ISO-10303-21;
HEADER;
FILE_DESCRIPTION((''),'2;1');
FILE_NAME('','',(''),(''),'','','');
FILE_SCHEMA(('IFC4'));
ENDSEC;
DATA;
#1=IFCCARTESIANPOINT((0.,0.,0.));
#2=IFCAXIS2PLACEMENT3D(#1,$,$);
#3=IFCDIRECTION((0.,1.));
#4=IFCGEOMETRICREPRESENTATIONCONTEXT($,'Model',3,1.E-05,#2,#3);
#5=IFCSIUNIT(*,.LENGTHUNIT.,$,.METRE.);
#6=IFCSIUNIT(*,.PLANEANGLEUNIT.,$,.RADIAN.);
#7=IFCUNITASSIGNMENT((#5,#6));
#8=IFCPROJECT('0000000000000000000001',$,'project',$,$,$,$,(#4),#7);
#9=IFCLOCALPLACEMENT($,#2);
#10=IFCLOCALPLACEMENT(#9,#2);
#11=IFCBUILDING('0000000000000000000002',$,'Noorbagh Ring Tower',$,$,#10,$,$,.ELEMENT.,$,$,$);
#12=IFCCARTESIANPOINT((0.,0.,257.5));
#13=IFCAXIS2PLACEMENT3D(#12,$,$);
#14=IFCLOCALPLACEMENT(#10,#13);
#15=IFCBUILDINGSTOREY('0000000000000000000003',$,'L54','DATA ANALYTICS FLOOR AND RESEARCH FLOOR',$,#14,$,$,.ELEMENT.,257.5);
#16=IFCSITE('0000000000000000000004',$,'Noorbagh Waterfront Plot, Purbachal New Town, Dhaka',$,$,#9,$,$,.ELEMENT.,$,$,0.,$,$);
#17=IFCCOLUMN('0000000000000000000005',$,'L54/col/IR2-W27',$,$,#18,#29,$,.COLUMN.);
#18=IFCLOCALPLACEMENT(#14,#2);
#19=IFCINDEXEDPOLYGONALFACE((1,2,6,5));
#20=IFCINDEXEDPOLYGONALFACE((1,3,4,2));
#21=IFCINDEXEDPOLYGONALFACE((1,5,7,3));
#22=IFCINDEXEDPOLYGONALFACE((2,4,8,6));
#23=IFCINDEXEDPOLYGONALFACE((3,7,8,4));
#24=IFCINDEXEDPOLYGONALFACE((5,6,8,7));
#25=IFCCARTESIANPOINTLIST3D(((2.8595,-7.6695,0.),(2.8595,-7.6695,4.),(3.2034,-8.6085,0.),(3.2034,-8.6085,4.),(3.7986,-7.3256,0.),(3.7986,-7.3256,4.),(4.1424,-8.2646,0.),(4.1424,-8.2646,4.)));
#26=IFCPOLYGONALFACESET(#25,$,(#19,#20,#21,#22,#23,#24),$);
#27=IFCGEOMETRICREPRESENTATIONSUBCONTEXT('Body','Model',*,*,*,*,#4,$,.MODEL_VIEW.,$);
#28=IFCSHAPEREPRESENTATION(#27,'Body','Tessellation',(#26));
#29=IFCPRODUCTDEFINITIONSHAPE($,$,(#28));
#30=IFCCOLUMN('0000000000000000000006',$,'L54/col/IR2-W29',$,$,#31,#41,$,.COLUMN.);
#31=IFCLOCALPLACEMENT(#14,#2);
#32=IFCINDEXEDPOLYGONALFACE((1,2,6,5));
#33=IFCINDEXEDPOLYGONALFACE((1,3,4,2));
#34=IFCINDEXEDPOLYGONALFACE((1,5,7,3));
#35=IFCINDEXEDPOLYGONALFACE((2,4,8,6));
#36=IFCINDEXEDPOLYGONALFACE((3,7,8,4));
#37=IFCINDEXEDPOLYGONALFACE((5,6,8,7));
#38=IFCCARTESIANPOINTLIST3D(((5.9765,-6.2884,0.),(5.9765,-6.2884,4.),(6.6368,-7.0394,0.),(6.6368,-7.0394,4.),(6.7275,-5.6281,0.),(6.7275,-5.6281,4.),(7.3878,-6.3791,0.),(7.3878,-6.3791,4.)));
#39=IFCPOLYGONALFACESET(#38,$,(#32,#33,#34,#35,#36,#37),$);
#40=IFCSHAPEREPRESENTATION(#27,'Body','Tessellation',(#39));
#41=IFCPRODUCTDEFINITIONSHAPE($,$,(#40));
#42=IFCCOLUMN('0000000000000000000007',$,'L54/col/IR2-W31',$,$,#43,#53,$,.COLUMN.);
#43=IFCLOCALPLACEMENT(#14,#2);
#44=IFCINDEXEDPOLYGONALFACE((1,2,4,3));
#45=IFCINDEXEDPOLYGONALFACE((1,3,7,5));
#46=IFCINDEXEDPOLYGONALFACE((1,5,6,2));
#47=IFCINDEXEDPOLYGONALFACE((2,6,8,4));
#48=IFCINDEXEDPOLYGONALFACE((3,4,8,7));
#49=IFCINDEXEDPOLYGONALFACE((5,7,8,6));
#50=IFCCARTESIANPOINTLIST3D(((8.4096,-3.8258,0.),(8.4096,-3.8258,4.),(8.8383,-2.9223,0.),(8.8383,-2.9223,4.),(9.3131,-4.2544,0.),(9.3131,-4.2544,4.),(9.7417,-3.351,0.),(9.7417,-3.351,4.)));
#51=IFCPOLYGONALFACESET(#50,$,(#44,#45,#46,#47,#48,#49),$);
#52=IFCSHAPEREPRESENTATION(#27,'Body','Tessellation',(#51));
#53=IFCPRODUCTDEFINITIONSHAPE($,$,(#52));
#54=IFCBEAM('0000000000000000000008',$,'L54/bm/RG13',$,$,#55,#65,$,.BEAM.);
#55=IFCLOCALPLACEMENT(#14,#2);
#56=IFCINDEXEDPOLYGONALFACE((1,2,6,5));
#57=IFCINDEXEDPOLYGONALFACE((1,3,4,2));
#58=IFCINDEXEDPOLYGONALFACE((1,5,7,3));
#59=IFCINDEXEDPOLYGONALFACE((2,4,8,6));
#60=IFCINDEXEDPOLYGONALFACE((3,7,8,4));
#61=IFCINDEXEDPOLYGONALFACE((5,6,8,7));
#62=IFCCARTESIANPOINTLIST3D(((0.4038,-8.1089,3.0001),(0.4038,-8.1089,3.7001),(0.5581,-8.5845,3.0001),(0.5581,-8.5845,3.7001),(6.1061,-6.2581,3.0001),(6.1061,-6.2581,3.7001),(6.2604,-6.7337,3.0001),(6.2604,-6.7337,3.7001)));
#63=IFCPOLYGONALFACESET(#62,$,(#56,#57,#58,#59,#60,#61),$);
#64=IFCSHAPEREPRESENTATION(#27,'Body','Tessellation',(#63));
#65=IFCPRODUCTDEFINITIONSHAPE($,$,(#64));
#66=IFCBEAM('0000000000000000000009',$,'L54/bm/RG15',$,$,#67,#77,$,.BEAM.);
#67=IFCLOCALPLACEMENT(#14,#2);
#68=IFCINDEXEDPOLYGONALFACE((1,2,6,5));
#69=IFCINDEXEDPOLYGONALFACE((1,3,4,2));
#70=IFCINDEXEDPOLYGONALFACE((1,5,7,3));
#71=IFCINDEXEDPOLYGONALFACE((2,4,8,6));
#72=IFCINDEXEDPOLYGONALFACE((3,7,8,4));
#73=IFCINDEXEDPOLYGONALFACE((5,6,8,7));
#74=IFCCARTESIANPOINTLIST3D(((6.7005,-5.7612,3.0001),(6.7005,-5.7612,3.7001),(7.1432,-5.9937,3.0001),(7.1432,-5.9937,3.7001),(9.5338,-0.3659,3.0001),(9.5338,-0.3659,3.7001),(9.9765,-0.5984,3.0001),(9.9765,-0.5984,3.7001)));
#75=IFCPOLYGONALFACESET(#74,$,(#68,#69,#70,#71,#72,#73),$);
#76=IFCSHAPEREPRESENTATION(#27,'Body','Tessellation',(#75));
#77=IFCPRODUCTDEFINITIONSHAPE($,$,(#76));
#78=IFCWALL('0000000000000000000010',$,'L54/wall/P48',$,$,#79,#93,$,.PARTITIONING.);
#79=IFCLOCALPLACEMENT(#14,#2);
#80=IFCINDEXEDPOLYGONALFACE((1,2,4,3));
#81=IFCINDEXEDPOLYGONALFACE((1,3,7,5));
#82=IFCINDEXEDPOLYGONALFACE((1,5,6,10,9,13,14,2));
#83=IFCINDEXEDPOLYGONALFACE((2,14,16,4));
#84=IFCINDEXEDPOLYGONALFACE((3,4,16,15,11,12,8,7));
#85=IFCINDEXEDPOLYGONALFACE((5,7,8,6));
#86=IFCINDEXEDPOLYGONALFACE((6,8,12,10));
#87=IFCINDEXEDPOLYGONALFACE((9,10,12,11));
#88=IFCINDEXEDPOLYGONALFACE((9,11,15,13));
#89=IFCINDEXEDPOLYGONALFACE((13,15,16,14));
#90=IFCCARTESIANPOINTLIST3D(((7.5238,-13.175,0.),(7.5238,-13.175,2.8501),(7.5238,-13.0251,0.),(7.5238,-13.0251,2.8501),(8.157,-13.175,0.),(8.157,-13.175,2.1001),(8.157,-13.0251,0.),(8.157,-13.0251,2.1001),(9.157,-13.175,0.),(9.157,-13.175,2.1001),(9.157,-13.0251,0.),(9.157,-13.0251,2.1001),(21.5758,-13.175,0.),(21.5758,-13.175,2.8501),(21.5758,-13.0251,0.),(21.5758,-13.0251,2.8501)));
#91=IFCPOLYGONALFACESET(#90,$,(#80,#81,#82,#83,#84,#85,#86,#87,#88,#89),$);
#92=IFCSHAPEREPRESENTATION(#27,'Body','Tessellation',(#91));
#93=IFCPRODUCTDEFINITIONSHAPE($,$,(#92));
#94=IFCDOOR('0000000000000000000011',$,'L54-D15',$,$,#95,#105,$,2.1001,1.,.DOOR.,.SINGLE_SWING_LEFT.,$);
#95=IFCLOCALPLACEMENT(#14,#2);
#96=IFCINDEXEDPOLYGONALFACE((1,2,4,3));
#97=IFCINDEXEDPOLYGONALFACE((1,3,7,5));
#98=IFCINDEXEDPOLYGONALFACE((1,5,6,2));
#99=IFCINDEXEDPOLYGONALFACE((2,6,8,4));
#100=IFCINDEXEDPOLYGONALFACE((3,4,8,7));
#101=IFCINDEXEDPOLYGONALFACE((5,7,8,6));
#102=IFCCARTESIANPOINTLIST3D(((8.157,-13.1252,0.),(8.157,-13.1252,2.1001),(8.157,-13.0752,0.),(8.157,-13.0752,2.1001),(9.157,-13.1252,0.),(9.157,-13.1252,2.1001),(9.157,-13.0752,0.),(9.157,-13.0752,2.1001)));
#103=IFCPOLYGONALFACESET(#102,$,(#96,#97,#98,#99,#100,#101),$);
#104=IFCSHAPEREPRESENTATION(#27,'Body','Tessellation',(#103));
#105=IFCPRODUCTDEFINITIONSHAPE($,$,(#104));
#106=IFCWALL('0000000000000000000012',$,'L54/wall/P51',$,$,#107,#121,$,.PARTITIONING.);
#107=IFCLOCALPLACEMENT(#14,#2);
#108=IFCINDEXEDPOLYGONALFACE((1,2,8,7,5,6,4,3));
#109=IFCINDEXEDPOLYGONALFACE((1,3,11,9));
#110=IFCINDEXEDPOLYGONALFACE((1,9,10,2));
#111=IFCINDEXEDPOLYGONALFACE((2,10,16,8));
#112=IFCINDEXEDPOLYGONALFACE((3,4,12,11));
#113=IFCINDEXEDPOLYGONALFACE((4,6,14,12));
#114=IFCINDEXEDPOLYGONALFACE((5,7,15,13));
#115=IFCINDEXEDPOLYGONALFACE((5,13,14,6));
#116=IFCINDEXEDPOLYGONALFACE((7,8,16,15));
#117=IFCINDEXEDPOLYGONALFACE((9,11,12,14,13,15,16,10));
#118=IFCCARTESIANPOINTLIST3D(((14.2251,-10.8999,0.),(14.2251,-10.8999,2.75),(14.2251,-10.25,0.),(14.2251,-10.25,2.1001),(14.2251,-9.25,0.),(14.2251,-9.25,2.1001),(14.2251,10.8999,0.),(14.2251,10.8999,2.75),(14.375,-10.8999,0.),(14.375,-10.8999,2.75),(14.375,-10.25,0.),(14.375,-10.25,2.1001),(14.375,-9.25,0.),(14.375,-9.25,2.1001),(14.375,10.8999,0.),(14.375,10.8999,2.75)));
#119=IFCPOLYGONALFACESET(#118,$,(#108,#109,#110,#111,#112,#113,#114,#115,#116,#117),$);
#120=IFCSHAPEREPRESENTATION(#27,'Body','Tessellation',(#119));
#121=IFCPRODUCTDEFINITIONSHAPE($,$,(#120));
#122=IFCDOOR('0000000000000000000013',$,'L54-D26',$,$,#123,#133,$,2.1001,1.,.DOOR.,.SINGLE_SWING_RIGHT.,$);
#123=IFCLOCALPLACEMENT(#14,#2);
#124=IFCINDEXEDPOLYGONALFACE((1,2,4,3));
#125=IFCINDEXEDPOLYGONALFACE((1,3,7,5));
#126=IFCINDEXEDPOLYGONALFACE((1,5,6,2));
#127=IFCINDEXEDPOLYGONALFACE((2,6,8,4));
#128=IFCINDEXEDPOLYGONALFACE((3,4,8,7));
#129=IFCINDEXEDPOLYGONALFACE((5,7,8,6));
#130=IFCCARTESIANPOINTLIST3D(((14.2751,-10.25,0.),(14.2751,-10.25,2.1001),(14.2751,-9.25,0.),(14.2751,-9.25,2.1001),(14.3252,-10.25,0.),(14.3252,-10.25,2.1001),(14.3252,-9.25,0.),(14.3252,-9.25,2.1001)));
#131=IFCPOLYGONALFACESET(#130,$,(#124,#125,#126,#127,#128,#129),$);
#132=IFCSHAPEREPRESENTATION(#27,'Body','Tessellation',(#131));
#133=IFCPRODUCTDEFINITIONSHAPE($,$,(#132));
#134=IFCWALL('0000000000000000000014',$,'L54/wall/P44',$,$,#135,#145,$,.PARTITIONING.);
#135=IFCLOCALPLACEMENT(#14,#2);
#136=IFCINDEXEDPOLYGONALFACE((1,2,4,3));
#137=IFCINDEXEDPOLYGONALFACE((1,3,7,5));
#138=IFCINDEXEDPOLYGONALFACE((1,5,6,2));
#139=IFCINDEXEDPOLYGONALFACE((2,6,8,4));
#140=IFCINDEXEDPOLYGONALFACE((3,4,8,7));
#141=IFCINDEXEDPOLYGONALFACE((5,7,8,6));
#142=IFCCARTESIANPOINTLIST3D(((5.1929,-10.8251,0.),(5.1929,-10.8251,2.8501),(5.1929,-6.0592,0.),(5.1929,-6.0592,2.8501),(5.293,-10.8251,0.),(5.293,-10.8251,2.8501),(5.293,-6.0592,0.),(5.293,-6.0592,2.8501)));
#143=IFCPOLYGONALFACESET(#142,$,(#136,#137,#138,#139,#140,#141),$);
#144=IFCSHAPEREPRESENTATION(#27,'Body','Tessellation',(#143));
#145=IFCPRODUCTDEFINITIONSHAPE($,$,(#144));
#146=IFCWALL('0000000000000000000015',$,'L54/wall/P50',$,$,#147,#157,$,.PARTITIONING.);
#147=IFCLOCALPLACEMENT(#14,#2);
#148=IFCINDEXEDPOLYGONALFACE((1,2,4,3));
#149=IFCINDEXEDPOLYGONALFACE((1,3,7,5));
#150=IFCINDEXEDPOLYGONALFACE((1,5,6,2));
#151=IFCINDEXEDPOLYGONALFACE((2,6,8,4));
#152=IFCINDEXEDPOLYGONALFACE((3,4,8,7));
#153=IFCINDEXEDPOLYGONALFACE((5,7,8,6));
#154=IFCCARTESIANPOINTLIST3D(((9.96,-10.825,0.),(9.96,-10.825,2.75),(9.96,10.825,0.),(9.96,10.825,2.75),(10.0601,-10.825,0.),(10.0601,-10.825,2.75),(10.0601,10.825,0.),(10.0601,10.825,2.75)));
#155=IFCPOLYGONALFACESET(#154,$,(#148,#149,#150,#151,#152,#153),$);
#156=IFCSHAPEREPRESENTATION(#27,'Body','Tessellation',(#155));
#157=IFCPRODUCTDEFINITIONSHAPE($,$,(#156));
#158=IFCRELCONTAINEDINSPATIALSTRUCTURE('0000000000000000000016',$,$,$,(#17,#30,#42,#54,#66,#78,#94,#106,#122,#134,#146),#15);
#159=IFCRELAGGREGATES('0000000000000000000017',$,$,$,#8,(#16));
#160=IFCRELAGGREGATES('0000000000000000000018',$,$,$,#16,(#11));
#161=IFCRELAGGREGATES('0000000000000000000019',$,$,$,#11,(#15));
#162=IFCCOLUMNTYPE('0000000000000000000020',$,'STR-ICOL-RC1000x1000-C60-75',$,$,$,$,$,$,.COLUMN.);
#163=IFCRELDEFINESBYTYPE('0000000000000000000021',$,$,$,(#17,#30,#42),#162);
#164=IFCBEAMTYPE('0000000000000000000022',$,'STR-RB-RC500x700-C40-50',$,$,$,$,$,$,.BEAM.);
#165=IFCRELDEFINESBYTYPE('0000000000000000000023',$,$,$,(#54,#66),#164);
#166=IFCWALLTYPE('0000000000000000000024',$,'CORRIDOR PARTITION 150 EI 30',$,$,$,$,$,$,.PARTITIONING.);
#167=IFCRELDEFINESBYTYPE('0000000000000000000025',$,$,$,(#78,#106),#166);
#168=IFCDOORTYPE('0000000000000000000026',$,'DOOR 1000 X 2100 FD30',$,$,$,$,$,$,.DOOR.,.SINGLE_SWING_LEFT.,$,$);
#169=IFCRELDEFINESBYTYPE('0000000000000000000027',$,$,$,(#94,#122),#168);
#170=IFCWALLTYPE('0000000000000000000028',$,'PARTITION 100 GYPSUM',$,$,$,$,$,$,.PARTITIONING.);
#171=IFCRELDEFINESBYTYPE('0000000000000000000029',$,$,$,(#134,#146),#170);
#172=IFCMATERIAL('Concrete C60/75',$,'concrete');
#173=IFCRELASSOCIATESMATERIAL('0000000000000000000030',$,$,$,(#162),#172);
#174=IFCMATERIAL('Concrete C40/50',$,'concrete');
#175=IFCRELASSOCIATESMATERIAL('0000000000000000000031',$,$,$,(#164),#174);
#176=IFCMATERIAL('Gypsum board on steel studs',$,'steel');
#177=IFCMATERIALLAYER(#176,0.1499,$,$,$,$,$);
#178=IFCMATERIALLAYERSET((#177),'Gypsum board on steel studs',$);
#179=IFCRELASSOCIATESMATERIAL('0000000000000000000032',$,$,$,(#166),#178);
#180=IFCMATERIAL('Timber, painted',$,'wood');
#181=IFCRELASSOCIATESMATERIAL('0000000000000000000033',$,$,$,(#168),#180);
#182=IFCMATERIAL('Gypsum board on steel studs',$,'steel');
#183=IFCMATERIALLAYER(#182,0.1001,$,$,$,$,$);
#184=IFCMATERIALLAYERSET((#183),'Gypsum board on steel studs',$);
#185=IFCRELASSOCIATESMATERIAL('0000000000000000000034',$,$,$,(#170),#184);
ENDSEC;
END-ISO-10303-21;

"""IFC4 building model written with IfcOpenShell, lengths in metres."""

from ifc_helpers import new_model, si_unit, direction, frame, frame_2d, origin, origin_2d, place, context, subcontext, project, spatial, rectangle, extrude, material, layer, layer_set, material_profile, profile_set, type_object, element, fill, save


model = new_model("IFC4")

# Units and contexts
model_context = context("Model", 3, precision=1e-05, world=origin(), true_north=direction((0.0, 1.0)))
body_context = subcontext(model_context, "Body", "Model", "MODEL_VIEW")
ifc_project = project(units=[si_unit("LENGTHUNIT", "METRE"), si_unit("PLANEANGLEUNIT", "RADIAN")], contexts=[model_context])

# Site, building, storey
site_placement = place(None, origin())
site = spatial("IfcSite", under=ifc_project, at=site_placement, Name="Noorbagh Waterfront Plot, Purbachal New Town, Dhaka", CompositionType="ELEMENT", RefElevation=0.0)
building_placement = place(site_placement, origin())
building = spatial("IfcBuilding", under=site, at=building_placement, Name="Noorbagh Ring Tower", CompositionType="ELEMENT")
storey_placement = place(building_placement, frame((0.0, 0.0, 257.5)))
storey = spatial("IfcBuildingStorey", under=building, at=storey_placement, Name="L54", Description="DATA ANALYTICS FLOOR AND RESEARCH FLOOR", CompositionType="ELEMENT", Elevation=257.5)

# Columns
ifc_material_1 = material(Name="Concrete C60/75", Category="concrete")
ifc_material_profile_1 = material_profile(ifc_material_1, rectangle(XDim=1.0, YDim=1.0, at=origin_2d()), Name="RC1000x1000")
ifc_profile_set_1 = profile_set([ifc_material_profile_1], Name="Concrete C60/75")
column_type = type_object("IfcColumnType", Name="STR-ICOL-RC1000x1000-C60-75", PredefinedType="COLUMN", material=ifc_profile_set_1)
for number, where, z_axis, x_axis, name in (
    (1, (3.501, -7.967, 0.0), (0.0, 0.0, 1.0), (0.93902, 0.343864, 0.0), "L54/col/IR2-W27"),
    (2, (6.6821, -6.3337, 0.0), (0.0, 0.0, 1.0), (0.751022, 0.660277, 0.0), "L54/col/IR2-W29"),
    (3, (9.0757, -3.5884, 0.0), (0.0, 0.0, 1.0), (0.428667, 0.903463, 0.0), "L54/col/IR2-W31"),
):
    element("IfcColumn", number, at=place(storey_placement, frame(where, z_axis=z_axis, x_axis=x_axis)), inside=storey, type_object=column_type, Name=name, PredefinedType="COLUMN", context=body_context, shape_type="SweptSolid", body=[
        extrude(rectangle(XDim=1.0, YDim=1.0, at=origin_2d()), origin(), (0.0, 0.0, 1.0), 4.0),
    ])

# Beams
ifc_material_2 = material(Name="Concrete C40/50", Category="concrete")
ifc_material_profile_2 = material_profile(ifc_material_2, rectangle(XDim=0.5, YDim=0.7, at=origin_2d()), Name="RC500x700")
ifc_profile_set_2 = profile_set([ifc_material_profile_2], Name="Concrete C40/50")
beam_type = type_object("IfcBeamType", Name="STR-RB-RC500x700-C40-50", PredefinedType="BEAM", material=ifc_profile_set_2)
beam_1_placement = place(storey_placement, frame((0.481, -8.3467, 3.3501), z_axis=(0.951154, 0.308717, 0.0), x_axis=(-0.308717, 0.951154, 0.0)))
element("IfcBeam", 4, at=beam_1_placement, inside=storey, type_object=beam_type, Name="L54/bm/RG13", PredefinedType="BEAM", context=body_context, shape_type="SweptSolid", body=[
    extrude(rectangle(XDim=0.5, YDim=0.7, at=origin_2d()), origin(), (0.0, 0.0, 1.0), 5.9951),
])
beam_2_placement = place(storey_placement, frame((6.9219, -5.8774, 3.3501), z_axis=(0.464929, 0.885348, 0.0), x_axis=(-0.885348, 0.464929, 0.0)))
element("IfcBeam", 5, at=beam_2_placement, inside=storey, type_object=beam_type, Name="L54/bm/RG15", PredefinedType="BEAM", context=body_context, shape_type="SweptSolid", body=[
    extrude(rectangle(XDim=0.5, YDim=0.7, at=origin_2d()), origin(), (0.0, 0.0, 1.0), 6.094),
])

# Walls, openings, doors
ifc_material_3 = material(Name="Gypsum board on steel studs", Category="steel")
ifc_layer_1 = layer(ifc_material_3, 0.1499)
ifc_layer_set_1 = layer_set([ifc_layer_1], Name="Gypsum board on steel studs")
wall_type_1 = type_object("IfcWallType", Name="CORRIDOR PARTITION 150 EI 30", PredefinedType="PARTITIONING", material=ifc_layer_set_1)
wall_1_placement = place(storey_placement, frame((7.5239, -13.1001, 0.0), z_axis=(0.0, 0.0, 1.0), x_axis=(1.0, 0.0, 0.0)))
wall_1 = element("IfcWall", 6, at=wall_1_placement, inside=storey, type_object=wall_type_1, Name="L54/wall/P48", PredefinedType="PARTITIONING", context=body_context, shape_type="SweptSolid", body=[
    extrude(rectangle(XDim=14.052, YDim=0.1499, at=frame_2d((7.0259, 0.0))), origin(), (0.0, 0.0, 1.0), 2.8501),
])
opening_1_placement = place(wall_1_placement, frame((0.6331, 0.0, 0.0)))
opening_1 = element("IfcOpeningElement", 7, at=opening_1_placement, cuts=wall_1, PredefinedType="OPENING", context=body_context, shape_type="SweptSolid", body=[
    extrude(rectangle(XDim=1.0, YDim=2.1001, at=frame_2d((0.5, 1.05))), frame((0.0, 0.085, 0.0), z_axis=(0.0, -1.0, 0.0), x_axis=(1.0, 0.0, 0.0)), (0.0, 0.0, 1.0), 0.1699),
])
ifc_material_4 = material(Name="Timber, painted", Category="wood")
door_type = type_object("IfcDoorType", Name="DOOR 1000 X 2100 FD30", OperationType="SINGLE_SWING_LEFT", PredefinedType="DOOR", material=ifc_material_4)
door_1_placement = place(opening_1_placement, origin())
door_1 = element("IfcDoor", 8, at=door_1_placement, inside=storey, type_object=door_type, Name="L54-D15", OperationType="SINGLE_SWING_LEFT", OverallHeight=2.1001, OverallWidth=1.0, PredefinedType="DOOR", context=body_context, shape_type="SweptSolid", body=[
    extrude(rectangle(XDim=1.0, YDim=2.1001, at=frame_2d((0.5, 1.05))), frame((0.0, 0.0249, 0.0), z_axis=(0.0, -1.0, 0.0), x_axis=(1.0, 0.0, 0.0)), (0.0, 0.0, 1.0), 0.05),
])
fill(opening_1, door_1)
wall_2_placement = place(storey_placement, frame((14.3, -10.8999, 0.0), z_axis=(0.0, 0.0, 1.0), x_axis=(0.0, 1.0, 0.0)))
wall_2 = element("IfcWall", 9, at=wall_2_placement, inside=storey, type_object=wall_type_1, Name="L54/wall/P51", PredefinedType="PARTITIONING", context=body_context, shape_type="SweptSolid", body=[
    extrude(rectangle(XDim=21.7998, YDim=0.1499, at=frame_2d((10.8999, 0.0))), origin(), (0.0, 0.0, 1.0), 2.75),
])
opening_2_placement = place(wall_2_placement, frame((0.6499, 0.0, 0.0)))
opening_2 = element("IfcOpeningElement", 10, at=opening_2_placement, cuts=wall_2, PredefinedType="OPENING", context=body_context, shape_type="SweptSolid", body=[
    extrude(rectangle(XDim=1.0, YDim=2.1001, at=frame_2d((0.5, 1.05))), frame((0.0, 0.085, 0.0), z_axis=(0.0, -1.0, 0.0), x_axis=(1.0, 0.0, 0.0)), (0.0, 0.0, 1.0), 0.1699),
])
door_2_placement = place(opening_2_placement, origin())
door_2 = element("IfcDoor", 11, at=door_2_placement, inside=storey, type_object=door_type, Name="L54-D26", OperationType="SINGLE_SWING_RIGHT", OverallHeight=2.1001, OverallWidth=1.0, PredefinedType="DOOR", context=body_context, shape_type="SweptSolid", body=[
    extrude(rectangle(XDim=1.0, YDim=2.1001, at=frame_2d((0.5, 1.05))), frame((0.0, 0.0249, 0.0), z_axis=(0.0, -1.0, 0.0), x_axis=(1.0, 0.0, 0.0)), (0.0, 0.0, 1.0), 0.05),
])
fill(opening_2, door_2)

# Walls
ifc_material_5 = material(Name="Gypsum board on steel studs", Category="steel")
ifc_layer_2 = layer(ifc_material_5, 0.1001)
ifc_layer_set_2 = layer_set([ifc_layer_2], Name="Gypsum board on steel studs")
wall_type_2 = type_object("IfcWallType", Name="PARTITION 100 GYPSUM", PredefinedType="PARTITIONING", material=ifc_layer_set_2)
wall_3_placement = place(storey_placement, frame((5.2429, -10.825, 0.0), z_axis=(0.0, 0.0, 1.0), x_axis=(0.0, 1.0, 0.0)))
element("IfcWall", 12, at=wall_3_placement, inside=storey, type_object=wall_type_2, Name="L54/wall/P44", PredefinedType="PARTITIONING", context=body_context, shape_type="SweptSolid", body=[
    extrude(rectangle(XDim=4.7659, YDim=0.1001, at=frame_2d((2.3828, 0.0))), origin(), (0.0, 0.0, 1.0), 2.8501),
])
wall_4_placement = place(storey_placement, frame((10.01, -10.825, 0.0), z_axis=(0.0, 0.0, 1.0), x_axis=(0.0, 1.0, 0.0)))
element("IfcWall", 13, at=wall_4_placement, inside=storey, type_object=wall_type_2, Name="L54/wall/P50", PredefinedType="PARTITIONING", context=body_context, shape_type="SweptSolid", body=[
    extrude(rectangle(XDim=21.6499, YDim=0.1001, at=frame_2d((10.825, 0.0))), origin(), (0.0, 0.0, 1.0), 2.75),
])

save(model, "model.ifc")
